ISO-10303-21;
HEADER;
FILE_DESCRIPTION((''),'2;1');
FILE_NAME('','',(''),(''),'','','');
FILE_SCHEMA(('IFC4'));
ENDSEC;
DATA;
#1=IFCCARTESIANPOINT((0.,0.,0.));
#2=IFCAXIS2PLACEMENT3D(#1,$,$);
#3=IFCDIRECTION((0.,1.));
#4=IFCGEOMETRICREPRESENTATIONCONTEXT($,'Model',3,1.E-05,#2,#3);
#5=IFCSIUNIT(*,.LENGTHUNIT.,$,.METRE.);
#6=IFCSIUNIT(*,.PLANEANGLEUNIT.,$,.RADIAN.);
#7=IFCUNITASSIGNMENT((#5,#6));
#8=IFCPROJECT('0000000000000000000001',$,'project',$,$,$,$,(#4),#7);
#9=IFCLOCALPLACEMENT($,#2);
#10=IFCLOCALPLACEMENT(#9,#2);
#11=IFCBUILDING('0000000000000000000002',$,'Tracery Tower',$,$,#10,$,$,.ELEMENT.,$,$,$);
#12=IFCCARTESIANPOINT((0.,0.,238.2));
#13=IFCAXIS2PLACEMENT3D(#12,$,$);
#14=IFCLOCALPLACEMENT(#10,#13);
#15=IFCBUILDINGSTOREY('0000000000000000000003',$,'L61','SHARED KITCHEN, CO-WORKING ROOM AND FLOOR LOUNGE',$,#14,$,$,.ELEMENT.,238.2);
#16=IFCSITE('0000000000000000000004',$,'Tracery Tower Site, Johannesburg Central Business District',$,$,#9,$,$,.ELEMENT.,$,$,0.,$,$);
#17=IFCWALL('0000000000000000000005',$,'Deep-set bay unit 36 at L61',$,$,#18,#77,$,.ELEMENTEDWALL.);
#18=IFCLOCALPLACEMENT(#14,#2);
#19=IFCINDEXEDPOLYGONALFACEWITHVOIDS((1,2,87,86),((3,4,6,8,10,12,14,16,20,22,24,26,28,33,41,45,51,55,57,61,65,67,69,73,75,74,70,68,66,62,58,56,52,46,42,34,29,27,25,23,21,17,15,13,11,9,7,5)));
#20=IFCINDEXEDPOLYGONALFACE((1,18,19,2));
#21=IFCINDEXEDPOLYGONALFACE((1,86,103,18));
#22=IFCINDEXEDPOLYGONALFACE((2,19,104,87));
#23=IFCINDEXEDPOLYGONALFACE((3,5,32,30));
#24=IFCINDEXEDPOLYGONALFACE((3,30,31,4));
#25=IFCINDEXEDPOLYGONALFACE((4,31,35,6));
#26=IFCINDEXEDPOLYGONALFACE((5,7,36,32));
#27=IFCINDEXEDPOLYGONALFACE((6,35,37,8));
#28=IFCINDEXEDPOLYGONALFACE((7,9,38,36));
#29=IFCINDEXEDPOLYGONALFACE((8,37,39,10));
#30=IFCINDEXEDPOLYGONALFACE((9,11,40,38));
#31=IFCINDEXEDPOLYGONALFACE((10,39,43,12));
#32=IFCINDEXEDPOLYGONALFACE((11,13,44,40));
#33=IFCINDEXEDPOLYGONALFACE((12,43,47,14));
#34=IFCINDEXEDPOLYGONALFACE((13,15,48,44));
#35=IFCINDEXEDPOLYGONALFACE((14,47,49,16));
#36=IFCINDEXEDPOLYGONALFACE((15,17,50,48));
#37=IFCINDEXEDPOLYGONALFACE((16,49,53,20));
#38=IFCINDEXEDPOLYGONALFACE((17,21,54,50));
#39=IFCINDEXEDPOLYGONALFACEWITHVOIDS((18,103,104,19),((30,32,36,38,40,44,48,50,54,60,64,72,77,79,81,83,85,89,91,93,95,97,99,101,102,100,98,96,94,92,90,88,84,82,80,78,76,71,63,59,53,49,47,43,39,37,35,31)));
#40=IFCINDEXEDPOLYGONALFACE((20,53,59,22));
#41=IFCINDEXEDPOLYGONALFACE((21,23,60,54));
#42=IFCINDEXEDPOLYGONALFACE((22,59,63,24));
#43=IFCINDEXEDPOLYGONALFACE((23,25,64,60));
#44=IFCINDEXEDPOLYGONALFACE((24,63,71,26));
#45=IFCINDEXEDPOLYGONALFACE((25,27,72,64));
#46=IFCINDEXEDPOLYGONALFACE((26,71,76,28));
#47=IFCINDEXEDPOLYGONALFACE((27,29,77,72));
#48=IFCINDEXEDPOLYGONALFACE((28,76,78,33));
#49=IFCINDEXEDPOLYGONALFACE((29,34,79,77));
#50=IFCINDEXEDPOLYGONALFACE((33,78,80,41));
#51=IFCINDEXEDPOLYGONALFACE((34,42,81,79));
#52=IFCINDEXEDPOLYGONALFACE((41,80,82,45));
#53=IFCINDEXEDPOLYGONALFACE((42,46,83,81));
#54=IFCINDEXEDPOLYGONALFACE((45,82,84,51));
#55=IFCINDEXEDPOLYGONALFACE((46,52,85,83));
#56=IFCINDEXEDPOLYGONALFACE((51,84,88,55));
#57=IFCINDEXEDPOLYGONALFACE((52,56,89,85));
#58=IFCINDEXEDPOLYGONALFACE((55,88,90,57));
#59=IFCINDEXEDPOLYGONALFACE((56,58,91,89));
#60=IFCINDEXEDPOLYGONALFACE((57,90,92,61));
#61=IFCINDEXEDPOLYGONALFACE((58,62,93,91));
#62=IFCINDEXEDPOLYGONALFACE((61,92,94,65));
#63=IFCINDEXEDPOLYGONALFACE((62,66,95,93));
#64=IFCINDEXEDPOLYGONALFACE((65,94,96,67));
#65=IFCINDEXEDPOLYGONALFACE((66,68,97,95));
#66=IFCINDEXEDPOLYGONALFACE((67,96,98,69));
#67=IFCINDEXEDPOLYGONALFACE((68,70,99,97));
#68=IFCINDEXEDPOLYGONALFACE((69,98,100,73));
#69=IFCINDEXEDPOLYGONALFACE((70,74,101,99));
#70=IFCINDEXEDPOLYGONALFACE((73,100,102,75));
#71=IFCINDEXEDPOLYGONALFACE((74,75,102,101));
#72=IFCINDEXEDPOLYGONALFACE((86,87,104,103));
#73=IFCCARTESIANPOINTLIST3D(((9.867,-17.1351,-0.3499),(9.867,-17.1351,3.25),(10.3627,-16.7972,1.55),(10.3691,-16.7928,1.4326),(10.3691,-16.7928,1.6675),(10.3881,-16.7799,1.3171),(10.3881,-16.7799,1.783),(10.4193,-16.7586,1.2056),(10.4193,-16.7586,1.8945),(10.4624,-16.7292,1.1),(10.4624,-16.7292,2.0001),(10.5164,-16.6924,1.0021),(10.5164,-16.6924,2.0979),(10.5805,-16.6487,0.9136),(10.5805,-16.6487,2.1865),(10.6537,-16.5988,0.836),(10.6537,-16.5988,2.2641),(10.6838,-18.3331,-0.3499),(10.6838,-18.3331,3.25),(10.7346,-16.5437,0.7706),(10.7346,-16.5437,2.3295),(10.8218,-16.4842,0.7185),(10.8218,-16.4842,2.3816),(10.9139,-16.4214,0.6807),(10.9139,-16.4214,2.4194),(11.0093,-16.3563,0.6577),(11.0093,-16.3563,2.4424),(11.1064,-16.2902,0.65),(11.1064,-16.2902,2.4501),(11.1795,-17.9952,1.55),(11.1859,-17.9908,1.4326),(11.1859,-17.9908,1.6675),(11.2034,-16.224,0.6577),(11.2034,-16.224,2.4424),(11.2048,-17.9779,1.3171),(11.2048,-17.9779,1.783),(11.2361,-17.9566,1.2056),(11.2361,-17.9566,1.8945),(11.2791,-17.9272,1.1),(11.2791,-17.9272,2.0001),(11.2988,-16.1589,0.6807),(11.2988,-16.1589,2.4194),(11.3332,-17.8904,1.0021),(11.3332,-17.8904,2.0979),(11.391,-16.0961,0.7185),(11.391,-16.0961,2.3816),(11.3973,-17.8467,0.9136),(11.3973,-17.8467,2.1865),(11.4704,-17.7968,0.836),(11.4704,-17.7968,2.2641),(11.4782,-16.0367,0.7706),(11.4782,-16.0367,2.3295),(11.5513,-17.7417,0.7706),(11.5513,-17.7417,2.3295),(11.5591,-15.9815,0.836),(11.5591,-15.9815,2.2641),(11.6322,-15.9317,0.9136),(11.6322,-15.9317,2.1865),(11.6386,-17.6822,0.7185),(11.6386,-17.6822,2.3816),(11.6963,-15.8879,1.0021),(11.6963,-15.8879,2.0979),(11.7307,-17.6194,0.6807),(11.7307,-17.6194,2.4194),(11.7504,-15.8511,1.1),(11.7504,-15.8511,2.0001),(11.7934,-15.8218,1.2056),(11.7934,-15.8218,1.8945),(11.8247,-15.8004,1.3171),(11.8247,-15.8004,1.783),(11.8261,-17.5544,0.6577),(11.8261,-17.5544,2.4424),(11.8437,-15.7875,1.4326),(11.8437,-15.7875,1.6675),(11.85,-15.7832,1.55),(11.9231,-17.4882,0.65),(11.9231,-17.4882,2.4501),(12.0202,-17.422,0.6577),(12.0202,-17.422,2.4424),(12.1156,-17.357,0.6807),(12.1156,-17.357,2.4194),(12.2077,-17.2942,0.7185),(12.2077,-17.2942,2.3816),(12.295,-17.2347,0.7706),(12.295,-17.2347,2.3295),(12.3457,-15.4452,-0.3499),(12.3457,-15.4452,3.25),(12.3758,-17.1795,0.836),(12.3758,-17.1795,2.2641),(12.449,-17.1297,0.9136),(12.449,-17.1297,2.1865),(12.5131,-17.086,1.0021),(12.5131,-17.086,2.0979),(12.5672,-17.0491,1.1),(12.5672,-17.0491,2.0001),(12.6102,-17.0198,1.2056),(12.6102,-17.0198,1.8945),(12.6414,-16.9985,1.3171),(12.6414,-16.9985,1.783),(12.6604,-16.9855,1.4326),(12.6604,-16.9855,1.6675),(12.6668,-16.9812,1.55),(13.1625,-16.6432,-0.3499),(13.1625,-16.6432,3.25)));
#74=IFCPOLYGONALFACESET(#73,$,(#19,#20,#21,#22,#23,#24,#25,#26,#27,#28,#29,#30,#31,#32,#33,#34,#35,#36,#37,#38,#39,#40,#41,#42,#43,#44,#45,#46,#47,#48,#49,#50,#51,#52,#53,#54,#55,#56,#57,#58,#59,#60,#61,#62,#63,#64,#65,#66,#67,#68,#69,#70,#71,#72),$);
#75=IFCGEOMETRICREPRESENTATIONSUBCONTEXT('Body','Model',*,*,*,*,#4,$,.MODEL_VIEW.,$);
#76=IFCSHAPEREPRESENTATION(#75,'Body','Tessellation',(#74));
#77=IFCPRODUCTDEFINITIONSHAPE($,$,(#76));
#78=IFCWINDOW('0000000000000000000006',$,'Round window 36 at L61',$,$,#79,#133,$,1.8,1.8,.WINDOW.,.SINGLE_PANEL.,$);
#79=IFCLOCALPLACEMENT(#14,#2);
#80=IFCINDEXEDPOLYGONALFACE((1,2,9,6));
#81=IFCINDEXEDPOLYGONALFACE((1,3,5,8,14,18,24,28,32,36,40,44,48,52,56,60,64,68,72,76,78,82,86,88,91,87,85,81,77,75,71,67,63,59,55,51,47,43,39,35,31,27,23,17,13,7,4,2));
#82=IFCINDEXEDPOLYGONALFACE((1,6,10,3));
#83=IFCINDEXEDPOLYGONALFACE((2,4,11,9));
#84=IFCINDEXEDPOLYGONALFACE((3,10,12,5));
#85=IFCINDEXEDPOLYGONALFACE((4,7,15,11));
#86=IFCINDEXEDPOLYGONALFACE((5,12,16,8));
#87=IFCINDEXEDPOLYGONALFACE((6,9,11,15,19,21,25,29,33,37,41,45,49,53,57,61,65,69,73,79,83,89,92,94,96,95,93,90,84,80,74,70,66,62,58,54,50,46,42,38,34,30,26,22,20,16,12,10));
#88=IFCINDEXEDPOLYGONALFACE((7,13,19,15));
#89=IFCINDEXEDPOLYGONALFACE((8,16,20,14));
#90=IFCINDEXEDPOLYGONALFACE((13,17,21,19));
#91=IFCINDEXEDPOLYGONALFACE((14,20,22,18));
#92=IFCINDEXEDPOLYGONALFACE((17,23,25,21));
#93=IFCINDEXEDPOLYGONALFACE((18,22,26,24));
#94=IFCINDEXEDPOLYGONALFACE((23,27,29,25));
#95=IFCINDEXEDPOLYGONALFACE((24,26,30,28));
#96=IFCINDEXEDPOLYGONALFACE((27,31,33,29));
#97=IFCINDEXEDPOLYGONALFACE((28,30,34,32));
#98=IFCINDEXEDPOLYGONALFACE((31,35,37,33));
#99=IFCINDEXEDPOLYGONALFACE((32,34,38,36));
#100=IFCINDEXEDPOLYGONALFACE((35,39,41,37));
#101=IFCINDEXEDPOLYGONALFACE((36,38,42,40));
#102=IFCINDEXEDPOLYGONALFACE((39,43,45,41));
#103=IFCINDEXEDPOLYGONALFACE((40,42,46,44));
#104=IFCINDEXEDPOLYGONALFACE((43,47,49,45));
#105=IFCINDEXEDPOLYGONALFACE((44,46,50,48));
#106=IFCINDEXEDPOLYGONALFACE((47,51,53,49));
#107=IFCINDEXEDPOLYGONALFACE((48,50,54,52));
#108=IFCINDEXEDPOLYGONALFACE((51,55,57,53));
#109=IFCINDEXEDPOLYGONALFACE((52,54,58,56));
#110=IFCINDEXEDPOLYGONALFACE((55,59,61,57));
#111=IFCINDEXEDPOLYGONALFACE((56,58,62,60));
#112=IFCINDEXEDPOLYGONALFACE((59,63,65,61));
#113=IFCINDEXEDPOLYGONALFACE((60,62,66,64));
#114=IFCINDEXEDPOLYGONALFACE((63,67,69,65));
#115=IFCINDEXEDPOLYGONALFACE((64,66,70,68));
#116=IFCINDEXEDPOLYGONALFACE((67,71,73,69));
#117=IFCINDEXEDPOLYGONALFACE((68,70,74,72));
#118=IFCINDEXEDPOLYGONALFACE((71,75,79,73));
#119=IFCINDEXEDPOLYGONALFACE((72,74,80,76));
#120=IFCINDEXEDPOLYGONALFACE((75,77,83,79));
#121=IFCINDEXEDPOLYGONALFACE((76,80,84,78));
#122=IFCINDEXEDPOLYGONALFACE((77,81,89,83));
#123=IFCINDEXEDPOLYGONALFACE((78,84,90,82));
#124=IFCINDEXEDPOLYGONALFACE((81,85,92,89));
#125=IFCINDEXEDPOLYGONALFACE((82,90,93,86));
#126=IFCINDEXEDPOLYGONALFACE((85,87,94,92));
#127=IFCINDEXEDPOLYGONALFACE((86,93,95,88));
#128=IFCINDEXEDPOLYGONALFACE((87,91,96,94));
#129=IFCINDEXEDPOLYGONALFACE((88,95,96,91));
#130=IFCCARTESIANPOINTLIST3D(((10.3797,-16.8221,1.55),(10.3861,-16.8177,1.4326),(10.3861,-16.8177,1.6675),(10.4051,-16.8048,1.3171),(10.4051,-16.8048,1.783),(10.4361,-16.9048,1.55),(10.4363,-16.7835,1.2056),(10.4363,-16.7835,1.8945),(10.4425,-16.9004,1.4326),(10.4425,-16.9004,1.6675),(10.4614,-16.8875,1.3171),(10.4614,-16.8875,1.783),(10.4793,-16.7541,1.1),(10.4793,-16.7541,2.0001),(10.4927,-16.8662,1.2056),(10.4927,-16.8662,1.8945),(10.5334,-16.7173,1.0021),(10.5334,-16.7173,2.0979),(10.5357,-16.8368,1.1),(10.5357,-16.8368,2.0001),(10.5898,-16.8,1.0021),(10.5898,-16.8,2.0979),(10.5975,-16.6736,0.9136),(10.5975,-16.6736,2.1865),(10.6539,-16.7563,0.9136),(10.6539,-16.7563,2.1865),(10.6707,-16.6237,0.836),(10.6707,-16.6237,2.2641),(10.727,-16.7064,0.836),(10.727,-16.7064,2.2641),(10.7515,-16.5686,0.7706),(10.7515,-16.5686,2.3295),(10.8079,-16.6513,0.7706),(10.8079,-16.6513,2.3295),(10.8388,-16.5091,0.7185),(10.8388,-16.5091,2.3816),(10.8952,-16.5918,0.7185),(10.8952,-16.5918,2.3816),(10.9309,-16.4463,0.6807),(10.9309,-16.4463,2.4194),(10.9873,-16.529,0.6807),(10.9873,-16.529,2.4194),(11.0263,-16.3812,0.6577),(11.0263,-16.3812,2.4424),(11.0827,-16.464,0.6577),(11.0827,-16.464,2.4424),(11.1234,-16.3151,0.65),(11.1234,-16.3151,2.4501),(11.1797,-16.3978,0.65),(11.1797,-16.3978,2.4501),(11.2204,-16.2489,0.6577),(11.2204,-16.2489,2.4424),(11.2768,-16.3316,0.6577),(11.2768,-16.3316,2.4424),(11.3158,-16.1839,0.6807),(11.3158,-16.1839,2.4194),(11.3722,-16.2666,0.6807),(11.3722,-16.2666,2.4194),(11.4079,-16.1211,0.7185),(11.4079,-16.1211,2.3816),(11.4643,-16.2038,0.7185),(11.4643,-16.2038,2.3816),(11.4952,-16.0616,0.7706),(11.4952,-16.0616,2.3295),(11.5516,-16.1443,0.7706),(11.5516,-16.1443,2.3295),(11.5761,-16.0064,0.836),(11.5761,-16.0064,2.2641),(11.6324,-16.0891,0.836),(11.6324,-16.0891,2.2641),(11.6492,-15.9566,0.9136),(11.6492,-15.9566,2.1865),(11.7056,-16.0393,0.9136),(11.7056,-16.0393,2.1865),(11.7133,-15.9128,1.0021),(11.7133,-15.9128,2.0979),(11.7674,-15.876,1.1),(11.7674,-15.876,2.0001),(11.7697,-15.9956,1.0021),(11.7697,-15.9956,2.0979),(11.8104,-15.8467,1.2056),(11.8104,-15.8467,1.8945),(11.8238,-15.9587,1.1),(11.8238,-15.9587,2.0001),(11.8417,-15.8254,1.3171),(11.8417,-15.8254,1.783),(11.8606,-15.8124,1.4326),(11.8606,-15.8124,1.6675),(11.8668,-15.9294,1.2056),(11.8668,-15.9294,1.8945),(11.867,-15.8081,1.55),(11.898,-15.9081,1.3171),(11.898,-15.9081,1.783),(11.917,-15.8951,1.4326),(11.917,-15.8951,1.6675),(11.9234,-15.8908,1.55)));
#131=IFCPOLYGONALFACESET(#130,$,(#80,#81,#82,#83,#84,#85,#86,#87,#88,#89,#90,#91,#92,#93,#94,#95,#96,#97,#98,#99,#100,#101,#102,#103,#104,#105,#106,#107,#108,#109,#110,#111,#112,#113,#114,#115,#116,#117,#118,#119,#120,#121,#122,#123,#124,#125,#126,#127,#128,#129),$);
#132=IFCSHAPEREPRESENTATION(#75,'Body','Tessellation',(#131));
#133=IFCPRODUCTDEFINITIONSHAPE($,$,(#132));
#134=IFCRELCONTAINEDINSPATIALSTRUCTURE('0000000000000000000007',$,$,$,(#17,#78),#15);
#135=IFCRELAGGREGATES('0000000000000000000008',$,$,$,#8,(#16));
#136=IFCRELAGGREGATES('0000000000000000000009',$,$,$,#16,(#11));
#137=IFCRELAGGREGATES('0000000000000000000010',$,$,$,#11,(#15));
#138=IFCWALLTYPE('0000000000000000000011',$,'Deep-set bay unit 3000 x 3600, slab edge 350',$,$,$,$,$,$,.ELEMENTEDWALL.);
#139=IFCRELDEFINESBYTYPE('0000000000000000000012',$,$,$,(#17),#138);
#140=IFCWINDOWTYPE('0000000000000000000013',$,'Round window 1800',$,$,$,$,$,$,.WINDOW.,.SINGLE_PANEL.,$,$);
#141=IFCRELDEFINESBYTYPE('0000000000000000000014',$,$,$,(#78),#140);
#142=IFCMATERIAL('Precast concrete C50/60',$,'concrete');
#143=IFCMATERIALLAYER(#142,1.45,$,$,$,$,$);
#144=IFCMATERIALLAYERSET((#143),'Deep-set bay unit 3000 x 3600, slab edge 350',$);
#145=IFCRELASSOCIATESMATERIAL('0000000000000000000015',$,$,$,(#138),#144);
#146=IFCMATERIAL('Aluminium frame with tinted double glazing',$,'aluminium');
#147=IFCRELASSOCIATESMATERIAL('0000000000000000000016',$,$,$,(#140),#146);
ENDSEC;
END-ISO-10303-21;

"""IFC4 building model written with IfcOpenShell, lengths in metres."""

from ifc_helpers import new_model, si_unit, direction, frame, frame_2d, origin, origin_2d, place, context, subcontext, project, spatial, rectangle, circle, extrude, material, layer, layer_set, type_object, element, fill, save


model = new_model("IFC4")

# Units and contexts
model_context = context("Model", 3, precision=1e-05, world=origin(), true_north=direction((0.0, 1.0)))
body_context = subcontext(model_context, "Body", "Model", "MODEL_VIEW")
ifc_project = project(units=[si_unit("LENGTHUNIT", "METRE"), si_unit("PLANEANGLEUNIT", "RADIAN")], contexts=[model_context])

# Site, building, storey
site_placement = place(None, origin())
site = spatial("IfcSite", under=ifc_project, at=site_placement, Name="Tracery Tower Site, Johannesburg Central Business District", CompositionType="ELEMENT", RefElevation=0.0)
building_placement = place(site_placement, origin())
building = spatial("IfcBuilding", under=site, at=building_placement, Name="Tracery Tower", CompositionType="ELEMENT")
storey_placement = place(building_placement, frame((0.0, 0.0, 238.2)))
storey = spatial("IfcBuildingStorey", under=building, at=storey_placement, Name="L61", Description="SHARED KITCHEN, CO-WORKING ROOM AND FLOOR LOUNGE", CompositionType="ELEMENT", Elevation=238.2)

# Wall, opening, window
ifc_material_1 = material(Name="Precast concrete C50/60", Category="concrete")
ifc_layer_1 = layer(ifc_material_1, 1.45)
ifc_layer_set_1 = layer_set([ifc_layer_1], Name="Deep-set bay unit 3000 x 3600, slab edge 350")
wall_type_1 = type_object("IfcWallType", Name="Deep-set bay unit 3000 x 3600, slab edge 350", PredefinedType="ELEMENTEDWALL", material=ifc_layer_set_1)
wall_1_placement = place(storey_placement, frame((10.2754, -17.7341, -0.3499), z_axis=(0.0, 0.0, 1.0), x_axis=(0.826246, 0.563309, 0.0)))
wall_1 = element("IfcWall", 1, at=wall_1_placement, inside=storey, type_object=wall_type_1, Name="Deep-set bay unit 36 at L61", PredefinedType="ELEMENTEDWALL", context=body_context, shape_type="SweptSolid", body=[
    extrude(rectangle(XDim=3.0, YDim=1.45, at=frame_2d((1.5, 0.0))), origin(), (0.0, 0.0, 1.0), 3.5999),
])
opening_1_placement = place(wall_1_placement, frame((1.5, 0.0, 1.8999)))
opening_1 = element("IfcOpeningElement", 2, at=opening_1_placement, cuts=wall_1, PredefinedType="OPENING", context=body_context, shape_type="SweptSolid", body=[
    extrude(circle(Radius=0.9, at=origin_2d()), frame((0.0, 0.7349, 0.0), z_axis=(0.0, -1.0, 0.0), x_axis=(1.0, 0.0, 0.0)), (0.0, 0.0, 1.0), 1.47),
])
ifc_material_2 = material(Name="Aluminium frame with tinted double glazing", Category="aluminium")
window_type = type_object("IfcWindowType", Name="Round window 1800", PartitioningType="SINGLE_PANEL", PredefinedType="WINDOW", material=ifc_material_2)
window_1_placement = place(opening_1_placement, origin())
window_1 = element("IfcWindow", 3, at=window_1_placement, inside=storey, type_object=window_type, Name="Round window 36 at L61", OverallHeight=1.8, OverallWidth=1.8, PartitioningType="SINGLE_PANEL", PredefinedType="WINDOW", context=body_context, shape_type="SweptSolid", body=[
    extrude(circle(Radius=0.9, at=origin_2d()), frame((0.0, 0.6948, 0.0), z_axis=(0.0, -1.0, 0.0), x_axis=(1.0, 0.0, 0.0)), (0.0, 0.0, 1.0), 0.1001),
])
fill(opening_1, window_1)

save(model, "model.ifc")
